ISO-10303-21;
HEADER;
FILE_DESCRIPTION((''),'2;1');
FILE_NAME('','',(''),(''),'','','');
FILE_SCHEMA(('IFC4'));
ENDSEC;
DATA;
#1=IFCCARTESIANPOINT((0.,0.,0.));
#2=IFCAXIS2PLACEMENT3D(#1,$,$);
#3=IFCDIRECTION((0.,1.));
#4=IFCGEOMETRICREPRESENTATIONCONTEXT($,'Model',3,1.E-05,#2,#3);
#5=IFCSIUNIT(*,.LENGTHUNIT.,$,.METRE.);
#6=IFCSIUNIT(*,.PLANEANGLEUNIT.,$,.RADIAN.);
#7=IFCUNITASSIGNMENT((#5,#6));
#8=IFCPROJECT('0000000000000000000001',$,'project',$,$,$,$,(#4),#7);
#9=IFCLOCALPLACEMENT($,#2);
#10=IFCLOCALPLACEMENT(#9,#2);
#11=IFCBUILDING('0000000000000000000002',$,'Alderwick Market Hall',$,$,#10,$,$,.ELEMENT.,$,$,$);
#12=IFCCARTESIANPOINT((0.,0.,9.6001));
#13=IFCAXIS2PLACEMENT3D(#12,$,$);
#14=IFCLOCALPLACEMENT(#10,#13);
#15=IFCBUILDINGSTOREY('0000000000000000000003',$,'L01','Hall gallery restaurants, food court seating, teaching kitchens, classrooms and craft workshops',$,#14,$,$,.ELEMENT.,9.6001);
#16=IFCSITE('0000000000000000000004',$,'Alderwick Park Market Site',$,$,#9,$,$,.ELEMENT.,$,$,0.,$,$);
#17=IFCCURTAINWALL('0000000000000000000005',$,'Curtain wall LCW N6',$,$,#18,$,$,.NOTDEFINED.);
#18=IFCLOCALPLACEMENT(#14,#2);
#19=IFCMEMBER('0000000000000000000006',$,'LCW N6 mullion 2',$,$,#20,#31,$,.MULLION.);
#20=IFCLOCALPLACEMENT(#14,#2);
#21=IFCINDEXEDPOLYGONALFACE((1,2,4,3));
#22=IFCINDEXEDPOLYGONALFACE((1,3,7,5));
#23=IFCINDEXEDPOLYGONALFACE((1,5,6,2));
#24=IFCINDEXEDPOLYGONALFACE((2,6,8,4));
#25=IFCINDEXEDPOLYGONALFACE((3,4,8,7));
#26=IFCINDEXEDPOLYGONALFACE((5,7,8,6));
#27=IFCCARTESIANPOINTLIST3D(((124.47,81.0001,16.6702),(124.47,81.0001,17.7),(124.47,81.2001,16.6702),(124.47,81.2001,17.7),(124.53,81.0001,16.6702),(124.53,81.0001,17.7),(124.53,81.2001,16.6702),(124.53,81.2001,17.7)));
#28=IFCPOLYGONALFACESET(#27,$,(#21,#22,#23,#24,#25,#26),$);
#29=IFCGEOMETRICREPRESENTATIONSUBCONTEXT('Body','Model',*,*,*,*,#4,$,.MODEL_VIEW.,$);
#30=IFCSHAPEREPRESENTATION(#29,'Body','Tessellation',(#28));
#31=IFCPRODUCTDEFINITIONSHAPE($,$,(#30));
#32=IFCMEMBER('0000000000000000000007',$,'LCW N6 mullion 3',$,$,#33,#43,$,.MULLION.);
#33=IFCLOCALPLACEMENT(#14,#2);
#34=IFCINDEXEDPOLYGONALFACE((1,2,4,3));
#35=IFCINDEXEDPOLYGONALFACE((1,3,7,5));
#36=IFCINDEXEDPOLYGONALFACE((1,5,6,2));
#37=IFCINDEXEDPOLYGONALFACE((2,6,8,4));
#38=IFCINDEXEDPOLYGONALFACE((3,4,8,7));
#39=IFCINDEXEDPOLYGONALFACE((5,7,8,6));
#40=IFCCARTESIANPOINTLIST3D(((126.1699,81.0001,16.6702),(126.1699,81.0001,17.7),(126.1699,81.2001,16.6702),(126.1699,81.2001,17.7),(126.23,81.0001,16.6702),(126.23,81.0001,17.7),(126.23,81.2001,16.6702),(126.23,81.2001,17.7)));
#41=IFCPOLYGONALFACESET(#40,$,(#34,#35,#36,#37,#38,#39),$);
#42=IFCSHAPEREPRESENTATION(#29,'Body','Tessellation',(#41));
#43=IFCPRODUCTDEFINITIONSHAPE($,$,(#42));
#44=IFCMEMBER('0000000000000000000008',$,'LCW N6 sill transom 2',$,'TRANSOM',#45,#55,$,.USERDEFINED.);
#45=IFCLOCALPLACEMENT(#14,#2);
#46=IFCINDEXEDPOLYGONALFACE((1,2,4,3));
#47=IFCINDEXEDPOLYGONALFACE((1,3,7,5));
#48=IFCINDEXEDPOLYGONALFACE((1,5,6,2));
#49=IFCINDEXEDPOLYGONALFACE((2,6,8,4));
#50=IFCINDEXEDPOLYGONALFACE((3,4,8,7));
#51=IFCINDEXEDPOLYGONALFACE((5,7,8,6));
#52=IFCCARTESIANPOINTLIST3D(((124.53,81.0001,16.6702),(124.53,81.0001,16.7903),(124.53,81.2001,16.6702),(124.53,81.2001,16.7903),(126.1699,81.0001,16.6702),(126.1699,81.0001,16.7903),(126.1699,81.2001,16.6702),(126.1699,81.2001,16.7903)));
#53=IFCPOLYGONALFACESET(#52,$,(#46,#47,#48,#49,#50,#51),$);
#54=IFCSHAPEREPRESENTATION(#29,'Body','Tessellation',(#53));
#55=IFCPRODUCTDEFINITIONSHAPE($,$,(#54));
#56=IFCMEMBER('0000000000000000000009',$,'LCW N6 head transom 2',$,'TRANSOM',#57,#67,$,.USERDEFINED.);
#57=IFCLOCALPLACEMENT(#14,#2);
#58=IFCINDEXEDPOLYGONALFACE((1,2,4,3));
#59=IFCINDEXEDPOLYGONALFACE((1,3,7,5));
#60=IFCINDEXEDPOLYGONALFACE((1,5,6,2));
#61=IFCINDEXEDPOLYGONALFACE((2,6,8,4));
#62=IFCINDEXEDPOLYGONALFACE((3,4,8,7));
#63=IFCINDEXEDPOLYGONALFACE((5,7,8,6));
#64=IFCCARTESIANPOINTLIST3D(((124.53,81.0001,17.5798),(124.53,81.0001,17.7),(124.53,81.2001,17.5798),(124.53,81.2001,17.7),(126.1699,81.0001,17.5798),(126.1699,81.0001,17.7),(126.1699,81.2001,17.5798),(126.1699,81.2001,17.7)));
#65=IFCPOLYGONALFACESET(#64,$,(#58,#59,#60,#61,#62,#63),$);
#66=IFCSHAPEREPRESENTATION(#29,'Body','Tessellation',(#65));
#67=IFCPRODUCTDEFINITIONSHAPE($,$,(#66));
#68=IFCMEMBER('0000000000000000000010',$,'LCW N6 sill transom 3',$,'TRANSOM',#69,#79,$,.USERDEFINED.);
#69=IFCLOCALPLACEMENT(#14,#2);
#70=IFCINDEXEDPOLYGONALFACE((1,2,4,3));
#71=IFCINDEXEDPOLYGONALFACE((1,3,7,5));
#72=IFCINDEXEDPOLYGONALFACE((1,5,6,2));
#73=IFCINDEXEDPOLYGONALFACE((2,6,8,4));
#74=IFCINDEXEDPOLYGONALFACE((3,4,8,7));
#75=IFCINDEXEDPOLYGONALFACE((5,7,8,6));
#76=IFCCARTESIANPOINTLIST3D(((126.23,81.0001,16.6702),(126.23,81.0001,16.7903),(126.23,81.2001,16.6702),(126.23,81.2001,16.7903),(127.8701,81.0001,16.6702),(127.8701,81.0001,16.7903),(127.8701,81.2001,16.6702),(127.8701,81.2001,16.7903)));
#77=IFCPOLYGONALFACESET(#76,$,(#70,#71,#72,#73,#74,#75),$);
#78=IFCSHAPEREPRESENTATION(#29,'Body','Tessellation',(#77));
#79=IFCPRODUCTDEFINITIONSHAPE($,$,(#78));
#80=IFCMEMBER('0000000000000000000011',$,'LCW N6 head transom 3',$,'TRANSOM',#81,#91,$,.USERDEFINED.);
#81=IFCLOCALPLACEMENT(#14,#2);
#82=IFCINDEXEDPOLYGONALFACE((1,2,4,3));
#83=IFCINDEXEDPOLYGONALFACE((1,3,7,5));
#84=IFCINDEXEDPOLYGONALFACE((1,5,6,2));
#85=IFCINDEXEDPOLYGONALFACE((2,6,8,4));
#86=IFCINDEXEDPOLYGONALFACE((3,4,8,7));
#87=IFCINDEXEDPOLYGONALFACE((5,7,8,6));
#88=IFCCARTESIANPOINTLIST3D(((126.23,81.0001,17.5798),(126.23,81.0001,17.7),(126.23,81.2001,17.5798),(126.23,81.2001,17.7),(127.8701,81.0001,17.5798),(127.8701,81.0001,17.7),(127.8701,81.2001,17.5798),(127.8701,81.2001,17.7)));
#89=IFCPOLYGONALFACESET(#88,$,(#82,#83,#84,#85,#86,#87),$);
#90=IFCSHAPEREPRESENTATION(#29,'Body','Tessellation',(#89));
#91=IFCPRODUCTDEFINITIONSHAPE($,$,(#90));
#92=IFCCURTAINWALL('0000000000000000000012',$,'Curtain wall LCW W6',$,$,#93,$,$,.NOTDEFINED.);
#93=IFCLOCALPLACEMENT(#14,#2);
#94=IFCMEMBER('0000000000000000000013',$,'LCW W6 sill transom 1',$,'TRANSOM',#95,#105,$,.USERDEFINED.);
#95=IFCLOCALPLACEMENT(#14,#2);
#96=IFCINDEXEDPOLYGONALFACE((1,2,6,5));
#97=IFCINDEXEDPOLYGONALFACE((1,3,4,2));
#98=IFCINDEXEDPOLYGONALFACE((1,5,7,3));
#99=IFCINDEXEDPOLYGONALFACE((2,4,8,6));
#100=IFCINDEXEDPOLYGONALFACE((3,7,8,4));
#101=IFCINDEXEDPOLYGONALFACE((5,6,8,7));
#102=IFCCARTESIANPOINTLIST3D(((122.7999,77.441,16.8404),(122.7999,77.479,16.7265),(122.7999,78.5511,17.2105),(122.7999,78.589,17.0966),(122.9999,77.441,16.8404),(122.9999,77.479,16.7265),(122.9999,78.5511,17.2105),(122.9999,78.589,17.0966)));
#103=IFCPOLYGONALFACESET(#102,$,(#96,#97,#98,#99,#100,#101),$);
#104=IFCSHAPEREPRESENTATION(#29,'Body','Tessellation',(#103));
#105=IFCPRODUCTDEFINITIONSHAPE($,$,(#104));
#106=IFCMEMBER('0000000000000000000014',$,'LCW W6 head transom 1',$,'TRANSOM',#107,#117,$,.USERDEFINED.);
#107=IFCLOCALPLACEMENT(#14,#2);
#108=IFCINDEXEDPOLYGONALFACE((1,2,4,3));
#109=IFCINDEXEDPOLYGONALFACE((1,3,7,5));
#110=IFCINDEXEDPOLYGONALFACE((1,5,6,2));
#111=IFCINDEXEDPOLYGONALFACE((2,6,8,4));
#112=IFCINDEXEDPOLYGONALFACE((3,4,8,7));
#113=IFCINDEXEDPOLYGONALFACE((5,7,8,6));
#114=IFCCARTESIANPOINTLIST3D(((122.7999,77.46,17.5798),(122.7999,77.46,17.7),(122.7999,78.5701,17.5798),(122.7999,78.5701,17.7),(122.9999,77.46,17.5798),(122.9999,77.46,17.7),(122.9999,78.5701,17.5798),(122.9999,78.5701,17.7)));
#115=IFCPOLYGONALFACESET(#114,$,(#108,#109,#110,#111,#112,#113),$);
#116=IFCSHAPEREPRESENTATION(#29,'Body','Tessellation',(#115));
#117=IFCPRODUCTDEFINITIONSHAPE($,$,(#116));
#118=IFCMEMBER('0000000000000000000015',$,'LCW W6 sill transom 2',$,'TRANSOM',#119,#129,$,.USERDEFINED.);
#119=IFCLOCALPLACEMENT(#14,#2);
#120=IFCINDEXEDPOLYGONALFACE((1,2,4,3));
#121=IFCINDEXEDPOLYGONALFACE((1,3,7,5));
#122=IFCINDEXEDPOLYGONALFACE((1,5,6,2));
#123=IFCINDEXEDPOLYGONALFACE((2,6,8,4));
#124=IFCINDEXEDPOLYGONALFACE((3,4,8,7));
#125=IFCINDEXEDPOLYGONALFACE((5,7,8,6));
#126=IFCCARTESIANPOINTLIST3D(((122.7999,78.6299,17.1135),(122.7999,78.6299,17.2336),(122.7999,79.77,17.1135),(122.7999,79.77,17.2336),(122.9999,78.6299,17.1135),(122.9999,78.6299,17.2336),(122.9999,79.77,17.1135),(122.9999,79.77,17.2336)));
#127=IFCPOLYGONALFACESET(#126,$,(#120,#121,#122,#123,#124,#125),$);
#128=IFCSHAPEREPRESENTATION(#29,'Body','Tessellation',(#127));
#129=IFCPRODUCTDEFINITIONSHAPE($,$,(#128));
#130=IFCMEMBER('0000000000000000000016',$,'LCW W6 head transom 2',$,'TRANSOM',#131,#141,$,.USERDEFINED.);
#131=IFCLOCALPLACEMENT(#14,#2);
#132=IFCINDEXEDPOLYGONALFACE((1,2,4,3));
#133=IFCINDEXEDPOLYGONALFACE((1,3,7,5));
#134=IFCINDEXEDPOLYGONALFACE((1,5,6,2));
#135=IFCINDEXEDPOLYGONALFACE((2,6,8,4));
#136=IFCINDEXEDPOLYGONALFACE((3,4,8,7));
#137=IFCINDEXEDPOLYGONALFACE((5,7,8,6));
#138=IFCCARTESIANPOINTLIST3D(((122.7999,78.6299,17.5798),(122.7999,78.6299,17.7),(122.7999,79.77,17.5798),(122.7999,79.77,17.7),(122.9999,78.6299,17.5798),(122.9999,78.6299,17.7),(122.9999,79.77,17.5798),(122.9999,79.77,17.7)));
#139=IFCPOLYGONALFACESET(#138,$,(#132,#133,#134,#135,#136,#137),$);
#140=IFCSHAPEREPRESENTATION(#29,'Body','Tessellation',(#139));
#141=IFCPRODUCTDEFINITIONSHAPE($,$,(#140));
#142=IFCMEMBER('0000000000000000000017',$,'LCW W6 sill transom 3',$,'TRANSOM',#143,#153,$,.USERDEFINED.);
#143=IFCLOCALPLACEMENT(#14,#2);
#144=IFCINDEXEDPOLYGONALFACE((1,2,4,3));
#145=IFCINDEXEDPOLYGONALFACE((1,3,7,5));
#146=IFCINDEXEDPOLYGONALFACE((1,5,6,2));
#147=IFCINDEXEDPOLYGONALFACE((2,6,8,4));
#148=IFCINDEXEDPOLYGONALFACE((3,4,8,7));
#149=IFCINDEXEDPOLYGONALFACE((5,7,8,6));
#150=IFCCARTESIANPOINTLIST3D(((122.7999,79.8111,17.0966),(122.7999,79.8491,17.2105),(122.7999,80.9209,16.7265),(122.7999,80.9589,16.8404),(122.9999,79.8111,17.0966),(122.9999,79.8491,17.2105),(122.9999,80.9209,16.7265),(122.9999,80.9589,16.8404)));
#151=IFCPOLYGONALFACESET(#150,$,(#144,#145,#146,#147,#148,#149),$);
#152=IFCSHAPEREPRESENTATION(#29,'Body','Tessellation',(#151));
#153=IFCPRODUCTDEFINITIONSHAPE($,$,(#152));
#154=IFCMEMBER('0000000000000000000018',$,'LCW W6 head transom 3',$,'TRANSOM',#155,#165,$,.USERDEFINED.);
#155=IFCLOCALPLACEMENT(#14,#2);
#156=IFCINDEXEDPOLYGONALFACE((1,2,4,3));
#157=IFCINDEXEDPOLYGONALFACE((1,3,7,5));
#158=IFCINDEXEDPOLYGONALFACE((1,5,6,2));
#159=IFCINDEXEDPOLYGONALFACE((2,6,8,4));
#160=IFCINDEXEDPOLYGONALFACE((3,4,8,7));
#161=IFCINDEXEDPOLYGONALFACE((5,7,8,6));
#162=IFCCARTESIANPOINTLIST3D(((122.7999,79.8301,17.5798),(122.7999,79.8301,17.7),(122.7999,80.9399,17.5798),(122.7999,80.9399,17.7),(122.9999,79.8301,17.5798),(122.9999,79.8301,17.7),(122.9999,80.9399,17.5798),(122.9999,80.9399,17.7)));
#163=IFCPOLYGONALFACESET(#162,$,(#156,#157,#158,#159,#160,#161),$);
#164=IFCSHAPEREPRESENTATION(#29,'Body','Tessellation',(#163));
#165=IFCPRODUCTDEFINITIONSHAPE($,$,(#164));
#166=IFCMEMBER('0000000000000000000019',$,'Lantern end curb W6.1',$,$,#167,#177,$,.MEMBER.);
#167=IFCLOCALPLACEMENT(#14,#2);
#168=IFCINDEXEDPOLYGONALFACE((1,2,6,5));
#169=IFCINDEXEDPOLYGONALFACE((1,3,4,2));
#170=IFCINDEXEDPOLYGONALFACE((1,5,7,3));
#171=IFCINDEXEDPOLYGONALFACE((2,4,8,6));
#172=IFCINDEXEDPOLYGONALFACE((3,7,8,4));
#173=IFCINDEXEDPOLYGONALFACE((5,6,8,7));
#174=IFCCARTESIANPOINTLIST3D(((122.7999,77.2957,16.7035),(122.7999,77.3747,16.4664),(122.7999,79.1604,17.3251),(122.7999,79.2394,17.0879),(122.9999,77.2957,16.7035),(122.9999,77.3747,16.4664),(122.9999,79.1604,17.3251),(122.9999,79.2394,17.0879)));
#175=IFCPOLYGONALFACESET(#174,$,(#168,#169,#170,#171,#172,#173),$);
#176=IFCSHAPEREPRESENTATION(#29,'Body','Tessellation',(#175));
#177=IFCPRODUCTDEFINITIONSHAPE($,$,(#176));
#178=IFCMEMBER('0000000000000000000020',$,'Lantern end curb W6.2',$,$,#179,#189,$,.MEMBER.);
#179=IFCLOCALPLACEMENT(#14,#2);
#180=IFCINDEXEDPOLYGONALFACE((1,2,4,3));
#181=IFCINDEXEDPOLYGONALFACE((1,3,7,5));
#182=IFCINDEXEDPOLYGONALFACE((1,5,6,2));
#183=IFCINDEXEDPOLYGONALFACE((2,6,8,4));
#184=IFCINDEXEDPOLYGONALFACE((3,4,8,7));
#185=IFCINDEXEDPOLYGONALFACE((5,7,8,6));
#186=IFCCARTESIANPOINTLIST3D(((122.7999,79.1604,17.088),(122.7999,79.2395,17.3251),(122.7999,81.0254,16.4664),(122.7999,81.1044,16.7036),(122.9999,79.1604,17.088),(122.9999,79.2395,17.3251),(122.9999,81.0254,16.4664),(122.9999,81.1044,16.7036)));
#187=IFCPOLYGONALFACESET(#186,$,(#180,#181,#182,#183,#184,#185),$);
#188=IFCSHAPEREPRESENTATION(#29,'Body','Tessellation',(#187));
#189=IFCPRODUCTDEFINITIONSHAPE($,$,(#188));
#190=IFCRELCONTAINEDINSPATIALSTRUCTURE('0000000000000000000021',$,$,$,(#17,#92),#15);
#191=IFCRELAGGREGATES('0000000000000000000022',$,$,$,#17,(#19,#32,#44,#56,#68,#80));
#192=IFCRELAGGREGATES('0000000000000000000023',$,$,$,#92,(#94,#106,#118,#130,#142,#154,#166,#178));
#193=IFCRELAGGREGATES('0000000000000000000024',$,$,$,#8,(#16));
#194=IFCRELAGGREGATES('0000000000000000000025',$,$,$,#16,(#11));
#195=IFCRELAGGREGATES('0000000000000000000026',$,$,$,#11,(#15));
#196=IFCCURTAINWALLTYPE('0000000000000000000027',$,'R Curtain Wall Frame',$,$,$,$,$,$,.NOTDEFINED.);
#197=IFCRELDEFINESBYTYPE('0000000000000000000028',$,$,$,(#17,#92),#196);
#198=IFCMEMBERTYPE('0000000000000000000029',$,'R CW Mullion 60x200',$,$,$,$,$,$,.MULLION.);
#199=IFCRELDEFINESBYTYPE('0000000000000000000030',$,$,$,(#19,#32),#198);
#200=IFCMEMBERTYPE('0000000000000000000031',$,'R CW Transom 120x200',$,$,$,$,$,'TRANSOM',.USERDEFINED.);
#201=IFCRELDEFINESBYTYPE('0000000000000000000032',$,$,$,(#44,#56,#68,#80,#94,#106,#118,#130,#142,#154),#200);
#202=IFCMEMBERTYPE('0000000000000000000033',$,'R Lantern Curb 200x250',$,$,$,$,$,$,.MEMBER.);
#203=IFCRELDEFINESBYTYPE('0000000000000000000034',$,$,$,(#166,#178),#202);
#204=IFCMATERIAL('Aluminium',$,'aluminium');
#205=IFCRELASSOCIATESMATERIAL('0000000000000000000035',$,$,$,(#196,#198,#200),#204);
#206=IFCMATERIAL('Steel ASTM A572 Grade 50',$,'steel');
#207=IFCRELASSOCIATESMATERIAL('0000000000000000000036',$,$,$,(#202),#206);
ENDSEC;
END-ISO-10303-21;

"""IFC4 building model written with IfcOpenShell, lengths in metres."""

from ifc_helpers import new_model, si_unit, direction, frame, origin, origin_2d, place, context, subcontext, project, spatial, rectangle, extrude, material, material_profile, profile_set, type_object, element, aggregate, save


model = new_model("IFC4")

# Units and contexts
model_context = context("Model", 3, precision=1e-05, world=origin(), true_north=direction((0.0, 1.0)))
body_context = subcontext(model_context, "Body", "Model", "MODEL_VIEW")
ifc_project = project(units=[si_unit("LENGTHUNIT", "METRE"), si_unit("PLANEANGLEUNIT", "RADIAN")], contexts=[model_context])

# Site, building, storey
site_placement = place(None, origin())
site = spatial("IfcSite", under=ifc_project, at=site_placement, Name="Alderwick Park Market Site", CompositionType="ELEMENT", RefElevation=0.0)
building_placement = place(site_placement, origin())
building = spatial("IfcBuilding", under=site, at=building_placement, Name="Alderwick Market Hall", CompositionType="ELEMENT")
storey_placement = place(building_placement, frame((0.0, 0.0, 9.6001)))
storey = spatial("IfcBuildingStorey", under=building, at=storey_placement, Name="L01", Description="Hall gallery restaurants, food court seating, teaching kitchens, classrooms and craft workshops", CompositionType="ELEMENT", Elevation=9.6001)

# Curtain walls, members
ifc_material_1 = material(Name="Aluminium", Category="aluminium")
curtain_wall_type = type_object("IfcCurtainWallType", Name="R Curtain Wall Frame", PredefinedType="NOTDEFINED", material=ifc_material_1)
curtain_wall_1_placement = place(storey_placement, origin())
curtain_wall_1 = element("IfcCurtainWall", 1, at=curtain_wall_1_placement, inside=storey, type_object=curtain_wall_type, Name="Curtain wall LCW N6", PredefinedType="NOTDEFINED")
ifc_material_profile_1 = material_profile(ifc_material_1, rectangle(XDim=0.2, YDim=0.0601, at=origin_2d()), Name="AL 60x200")
ifc_profile_set_1 = profile_set([ifc_material_profile_1], Name="Aluminium")
member_type_1 = type_object("IfcMemberType", Name="R CW Mullion 60x200", PredefinedType="MULLION", material=ifc_profile_set_1)
member_1_placement = place(storey_placement, frame((124.5, 81.1001, 16.6702), z_axis=(0.0, 0.0, 1.0), x_axis=(0.0, 1.0, 0.0)))
member_1 = element("IfcMember", 2, at=member_1_placement, type_object=member_type_1, Name="LCW N6 mullion 2", PredefinedType="MULLION", context=body_context, shape_type="SweptSolid", body=[
    extrude(rectangle(XDim=0.2, YDim=0.0601, at=origin_2d()), origin(), (0.0, 0.0, 1.0), 1.0298),
])
member_2_placement = place(storey_placement, frame((126.2, 81.1001, 16.6702), z_axis=(0.0, 0.0, 1.0), x_axis=(0.0, 1.0, 0.0)))
member_2 = element("IfcMember", 3, at=member_2_placement, type_object=member_type_1, Name="LCW N6 mullion 3", PredefinedType="MULLION", context=body_context, shape_type="SweptSolid", body=[
    extrude(rectangle(XDim=0.2, YDim=0.0601, at=origin_2d()), origin(), (0.0, 0.0, 1.0), 1.0298),
])
ifc_material_profile_2 = material_profile(ifc_material_1, rectangle(XDim=0.2, YDim=0.1201, at=origin_2d()), Name="AL 120x200")
ifc_profile_set_2 = profile_set([ifc_material_profile_2], Name="Aluminium")
member_type_2 = type_object("IfcMemberType", Name="R CW Transom 120x200", ElementType="TRANSOM", PredefinedType="USERDEFINED", material=ifc_profile_set_2)
member_3_placement = place(storey_placement, frame((124.53, 81.1001, 16.7302), z_axis=(1.0, 0.0, 0.0), x_axis=(0.0, 1.0, 0.0)))
member_3 = element("IfcMember", 4, at=member_3_placement, type_object=member_type_2, Name="LCW N6 sill transom 2", ObjectType="TRANSOM", PredefinedType="USERDEFINED", context=body_context, shape_type="SweptSolid", body=[
    extrude(rectangle(XDim=0.2, YDim=0.1201, at=origin_2d()), origin(), (0.0, 0.0, 1.0), 1.6399),
])
member_4_placement = place(storey_placement, frame((124.53, 81.1001, 17.6399), z_axis=(1.0, 0.0, 0.0), x_axis=(0.0, 1.0, 0.0)))
member_4 = element("IfcMember", 5, at=member_4_placement, type_object=member_type_2, Name="LCW N6 head transom 2", ObjectType="TRANSOM", PredefinedType="USERDEFINED", context=body_context, shape_type="SweptSolid", body=[
    extrude(rectangle(XDim=0.2, YDim=0.1201, at=origin_2d()), origin(), (0.0, 0.0, 1.0), 1.6399),
])
member_5_placement = place(storey_placement, frame((126.23, 81.1001, 16.7302), z_axis=(1.0, 0.0, 0.0), x_axis=(0.0, 1.0, 0.0)))
member_5 = element("IfcMember", 6, at=member_5_placement, type_object=member_type_2, Name="LCW N6 sill transom 3", ObjectType="TRANSOM", PredefinedType="USERDEFINED", context=body_context, shape_type="SweptSolid", body=[
    extrude(rectangle(XDim=0.2, YDim=0.1201, at=origin_2d()), origin(), (0.0, 0.0, 1.0), 1.6401),
])
member_6_placement = place(storey_placement, frame((126.23, 81.1001, 17.6399), z_axis=(1.0, 0.0, 0.0), x_axis=(0.0, 1.0, 0.0)))
member_6 = element("IfcMember", 7, at=member_6_placement, type_object=member_type_2, Name="LCW N6 head transom 3", ObjectType="TRANSOM", PredefinedType="USERDEFINED", context=body_context, shape_type="SweptSolid", body=[
    extrude(rectangle(XDim=0.2, YDim=0.1201, at=origin_2d()), origin(), (0.0, 0.0, 1.0), 1.6401),
])
curtain_wall_2_placement = place(storey_placement, origin())
curtain_wall_2 = element("IfcCurtainWall", 8, at=curtain_wall_2_placement, inside=storey, type_object=curtain_wall_type, Name="Curtain wall LCW W6", PredefinedType="NOTDEFINED")
member_7_placement = place(storey_placement, frame((122.8999, 77.46, 16.7834), z_axis=(0.0, 0.948662, 0.31629), x_axis=(-1.0, 0.0, 0.0)))
member_7 = element("IfcMember", 9, at=member_7_placement, type_object=member_type_2, Name="LCW W6 sill transom 1", ObjectType="TRANSOM", PredefinedType="USERDEFINED", context=body_context, shape_type="SweptSolid", body=[
    extrude(rectangle(XDim=0.2, YDim=0.1201, at=origin_2d()), origin(), (0.0, 0.0, 1.0), 1.1702),
])
member_8_placement = place(storey_placement, frame((122.8999, 77.46, 17.6399), z_axis=(0.0, 1.0, 0.0), x_axis=(-1.0, 0.0, 0.0)))
member_8 = element("IfcMember", 10, at=member_8_placement, type_object=member_type_2, Name="LCW W6 head transom 1", ObjectType="TRANSOM", PredefinedType="USERDEFINED", context=body_context, shape_type="SweptSolid", body=[
    extrude(rectangle(XDim=0.2, YDim=0.1201, at=origin_2d()), origin(), (0.0, 0.0, 1.0), 1.1101),
])
member_9_placement = place(storey_placement, frame((122.8999, 78.6299, 17.1736), z_axis=(0.0, 1.0, 0.0), x_axis=(-1.0, 0.0, 0.0)))
member_9 = element("IfcMember", 11, at=member_9_placement, type_object=member_type_2, Name="LCW W6 sill transom 2", ObjectType="TRANSOM", PredefinedType="USERDEFINED", context=body_context, shape_type="SweptSolid", body=[
    extrude(rectangle(XDim=0.2, YDim=0.1201, at=origin_2d()), origin(), (0.0, 0.0, 1.0), 1.1401),
])
member_10_placement = place(storey_placement, frame((122.8999, 78.6299, 17.6399), z_axis=(0.0, 1.0, 0.0), x_axis=(-1.0, 0.0, 0.0)))
member_10 = element("IfcMember", 12, at=member_10_placement, type_object=member_type_2, Name="LCW W6 head transom 2", ObjectType="TRANSOM", PredefinedType="USERDEFINED", context=body_context, shape_type="SweptSolid", body=[
    extrude(rectangle(XDim=0.2, YDim=0.1201, at=origin_2d()), origin(), (0.0, 0.0, 1.0), 1.1401),
])
member_11_placement = place(storey_placement, frame((122.8999, 79.8301, 17.1536), z_axis=(0.0, 0.948642, -0.316353), x_axis=(-1.0, 0.0, 0.0)))
member_11 = element("IfcMember", 13, at=member_11_placement, type_object=member_type_2, Name="LCW W6 sill transom 3", ObjectType="TRANSOM", PredefinedType="USERDEFINED", context=body_context, shape_type="SweptSolid", body=[
    extrude(rectangle(XDim=0.2, YDim=0.1201, at=origin_2d()), origin(), (0.0, 0.0, 1.0), 1.1699),
])
member_12_placement = place(storey_placement, frame((122.8999, 79.8301, 17.6399), z_axis=(0.0, 1.0, 0.0), x_axis=(-1.0, 0.0, 0.0)))
member_12 = element("IfcMember", 14, at=member_12_placement, type_object=member_type_2, Name="LCW W6 head transom 3", ObjectType="TRANSOM", PredefinedType="USERDEFINED", context=body_context, shape_type="SweptSolid", body=[
    extrude(rectangle(XDim=0.2, YDim=0.1201, at=origin_2d()), origin(), (0.0, 0.0, 1.0), 1.1099),
])
ifc_material_2 = material(Name="Steel ASTM A572 Grade 50", Category="steel")
ifc_material_profile_3 = material_profile(ifc_material_2, rectangle(XDim=0.2, YDim=0.25, at=origin_2d()), Name="Steel plate curb 200x250")
ifc_profile_set_3 = profile_set([ifc_material_profile_3], Name="Steel ASTM A572 Grade 50")
member_type_3 = type_object("IfcMemberType", Name="R Lantern Curb 200x250", PredefinedType="MEMBER", material=ifc_profile_set_3)
member_13_placement = place(storey_placement, frame((122.8999, 77.3352, 16.585), z_axis=(0.0, 0.948683, 0.316228), x_axis=(-1.0, 0.0, 0.0)))
member_13 = element("IfcMember", 15, at=member_13_placement, type_object=member_type_3, Name="Lantern end curb W6.1", PredefinedType="MEMBER", context=body_context, shape_type="SweptSolid", body=[
    extrude(rectangle(XDim=0.2, YDim=0.25, at=origin_2d()), origin(), (0.0, 0.0, 1.0), 1.9656),
])
member_14_placement = place(storey_placement, frame((122.8999, 79.2, 17.2065), z_axis=(0.0, 0.948696, -0.316191), x_axis=(-1.0, 0.0, 0.0)))
member_14 = element("IfcMember", 16, at=member_14_placement, type_object=member_type_3, Name="Lantern end curb W6.2", PredefinedType="MEMBER", context=body_context, shape_type="SweptSolid", body=[
    extrude(rectangle(XDim=0.2, YDim=0.25, at=origin_2d()), origin(), (0.0, 0.0, 1.0), 1.9658),
])

aggregate(curtain_wall_1, [member_1, member_2, member_3, member_4, member_5, member_6])

aggregate(curtain_wall_2, [member_7, member_8, member_9, member_10, member_11, member_12, member_13, member_14])

save(model, "model.ifc")
